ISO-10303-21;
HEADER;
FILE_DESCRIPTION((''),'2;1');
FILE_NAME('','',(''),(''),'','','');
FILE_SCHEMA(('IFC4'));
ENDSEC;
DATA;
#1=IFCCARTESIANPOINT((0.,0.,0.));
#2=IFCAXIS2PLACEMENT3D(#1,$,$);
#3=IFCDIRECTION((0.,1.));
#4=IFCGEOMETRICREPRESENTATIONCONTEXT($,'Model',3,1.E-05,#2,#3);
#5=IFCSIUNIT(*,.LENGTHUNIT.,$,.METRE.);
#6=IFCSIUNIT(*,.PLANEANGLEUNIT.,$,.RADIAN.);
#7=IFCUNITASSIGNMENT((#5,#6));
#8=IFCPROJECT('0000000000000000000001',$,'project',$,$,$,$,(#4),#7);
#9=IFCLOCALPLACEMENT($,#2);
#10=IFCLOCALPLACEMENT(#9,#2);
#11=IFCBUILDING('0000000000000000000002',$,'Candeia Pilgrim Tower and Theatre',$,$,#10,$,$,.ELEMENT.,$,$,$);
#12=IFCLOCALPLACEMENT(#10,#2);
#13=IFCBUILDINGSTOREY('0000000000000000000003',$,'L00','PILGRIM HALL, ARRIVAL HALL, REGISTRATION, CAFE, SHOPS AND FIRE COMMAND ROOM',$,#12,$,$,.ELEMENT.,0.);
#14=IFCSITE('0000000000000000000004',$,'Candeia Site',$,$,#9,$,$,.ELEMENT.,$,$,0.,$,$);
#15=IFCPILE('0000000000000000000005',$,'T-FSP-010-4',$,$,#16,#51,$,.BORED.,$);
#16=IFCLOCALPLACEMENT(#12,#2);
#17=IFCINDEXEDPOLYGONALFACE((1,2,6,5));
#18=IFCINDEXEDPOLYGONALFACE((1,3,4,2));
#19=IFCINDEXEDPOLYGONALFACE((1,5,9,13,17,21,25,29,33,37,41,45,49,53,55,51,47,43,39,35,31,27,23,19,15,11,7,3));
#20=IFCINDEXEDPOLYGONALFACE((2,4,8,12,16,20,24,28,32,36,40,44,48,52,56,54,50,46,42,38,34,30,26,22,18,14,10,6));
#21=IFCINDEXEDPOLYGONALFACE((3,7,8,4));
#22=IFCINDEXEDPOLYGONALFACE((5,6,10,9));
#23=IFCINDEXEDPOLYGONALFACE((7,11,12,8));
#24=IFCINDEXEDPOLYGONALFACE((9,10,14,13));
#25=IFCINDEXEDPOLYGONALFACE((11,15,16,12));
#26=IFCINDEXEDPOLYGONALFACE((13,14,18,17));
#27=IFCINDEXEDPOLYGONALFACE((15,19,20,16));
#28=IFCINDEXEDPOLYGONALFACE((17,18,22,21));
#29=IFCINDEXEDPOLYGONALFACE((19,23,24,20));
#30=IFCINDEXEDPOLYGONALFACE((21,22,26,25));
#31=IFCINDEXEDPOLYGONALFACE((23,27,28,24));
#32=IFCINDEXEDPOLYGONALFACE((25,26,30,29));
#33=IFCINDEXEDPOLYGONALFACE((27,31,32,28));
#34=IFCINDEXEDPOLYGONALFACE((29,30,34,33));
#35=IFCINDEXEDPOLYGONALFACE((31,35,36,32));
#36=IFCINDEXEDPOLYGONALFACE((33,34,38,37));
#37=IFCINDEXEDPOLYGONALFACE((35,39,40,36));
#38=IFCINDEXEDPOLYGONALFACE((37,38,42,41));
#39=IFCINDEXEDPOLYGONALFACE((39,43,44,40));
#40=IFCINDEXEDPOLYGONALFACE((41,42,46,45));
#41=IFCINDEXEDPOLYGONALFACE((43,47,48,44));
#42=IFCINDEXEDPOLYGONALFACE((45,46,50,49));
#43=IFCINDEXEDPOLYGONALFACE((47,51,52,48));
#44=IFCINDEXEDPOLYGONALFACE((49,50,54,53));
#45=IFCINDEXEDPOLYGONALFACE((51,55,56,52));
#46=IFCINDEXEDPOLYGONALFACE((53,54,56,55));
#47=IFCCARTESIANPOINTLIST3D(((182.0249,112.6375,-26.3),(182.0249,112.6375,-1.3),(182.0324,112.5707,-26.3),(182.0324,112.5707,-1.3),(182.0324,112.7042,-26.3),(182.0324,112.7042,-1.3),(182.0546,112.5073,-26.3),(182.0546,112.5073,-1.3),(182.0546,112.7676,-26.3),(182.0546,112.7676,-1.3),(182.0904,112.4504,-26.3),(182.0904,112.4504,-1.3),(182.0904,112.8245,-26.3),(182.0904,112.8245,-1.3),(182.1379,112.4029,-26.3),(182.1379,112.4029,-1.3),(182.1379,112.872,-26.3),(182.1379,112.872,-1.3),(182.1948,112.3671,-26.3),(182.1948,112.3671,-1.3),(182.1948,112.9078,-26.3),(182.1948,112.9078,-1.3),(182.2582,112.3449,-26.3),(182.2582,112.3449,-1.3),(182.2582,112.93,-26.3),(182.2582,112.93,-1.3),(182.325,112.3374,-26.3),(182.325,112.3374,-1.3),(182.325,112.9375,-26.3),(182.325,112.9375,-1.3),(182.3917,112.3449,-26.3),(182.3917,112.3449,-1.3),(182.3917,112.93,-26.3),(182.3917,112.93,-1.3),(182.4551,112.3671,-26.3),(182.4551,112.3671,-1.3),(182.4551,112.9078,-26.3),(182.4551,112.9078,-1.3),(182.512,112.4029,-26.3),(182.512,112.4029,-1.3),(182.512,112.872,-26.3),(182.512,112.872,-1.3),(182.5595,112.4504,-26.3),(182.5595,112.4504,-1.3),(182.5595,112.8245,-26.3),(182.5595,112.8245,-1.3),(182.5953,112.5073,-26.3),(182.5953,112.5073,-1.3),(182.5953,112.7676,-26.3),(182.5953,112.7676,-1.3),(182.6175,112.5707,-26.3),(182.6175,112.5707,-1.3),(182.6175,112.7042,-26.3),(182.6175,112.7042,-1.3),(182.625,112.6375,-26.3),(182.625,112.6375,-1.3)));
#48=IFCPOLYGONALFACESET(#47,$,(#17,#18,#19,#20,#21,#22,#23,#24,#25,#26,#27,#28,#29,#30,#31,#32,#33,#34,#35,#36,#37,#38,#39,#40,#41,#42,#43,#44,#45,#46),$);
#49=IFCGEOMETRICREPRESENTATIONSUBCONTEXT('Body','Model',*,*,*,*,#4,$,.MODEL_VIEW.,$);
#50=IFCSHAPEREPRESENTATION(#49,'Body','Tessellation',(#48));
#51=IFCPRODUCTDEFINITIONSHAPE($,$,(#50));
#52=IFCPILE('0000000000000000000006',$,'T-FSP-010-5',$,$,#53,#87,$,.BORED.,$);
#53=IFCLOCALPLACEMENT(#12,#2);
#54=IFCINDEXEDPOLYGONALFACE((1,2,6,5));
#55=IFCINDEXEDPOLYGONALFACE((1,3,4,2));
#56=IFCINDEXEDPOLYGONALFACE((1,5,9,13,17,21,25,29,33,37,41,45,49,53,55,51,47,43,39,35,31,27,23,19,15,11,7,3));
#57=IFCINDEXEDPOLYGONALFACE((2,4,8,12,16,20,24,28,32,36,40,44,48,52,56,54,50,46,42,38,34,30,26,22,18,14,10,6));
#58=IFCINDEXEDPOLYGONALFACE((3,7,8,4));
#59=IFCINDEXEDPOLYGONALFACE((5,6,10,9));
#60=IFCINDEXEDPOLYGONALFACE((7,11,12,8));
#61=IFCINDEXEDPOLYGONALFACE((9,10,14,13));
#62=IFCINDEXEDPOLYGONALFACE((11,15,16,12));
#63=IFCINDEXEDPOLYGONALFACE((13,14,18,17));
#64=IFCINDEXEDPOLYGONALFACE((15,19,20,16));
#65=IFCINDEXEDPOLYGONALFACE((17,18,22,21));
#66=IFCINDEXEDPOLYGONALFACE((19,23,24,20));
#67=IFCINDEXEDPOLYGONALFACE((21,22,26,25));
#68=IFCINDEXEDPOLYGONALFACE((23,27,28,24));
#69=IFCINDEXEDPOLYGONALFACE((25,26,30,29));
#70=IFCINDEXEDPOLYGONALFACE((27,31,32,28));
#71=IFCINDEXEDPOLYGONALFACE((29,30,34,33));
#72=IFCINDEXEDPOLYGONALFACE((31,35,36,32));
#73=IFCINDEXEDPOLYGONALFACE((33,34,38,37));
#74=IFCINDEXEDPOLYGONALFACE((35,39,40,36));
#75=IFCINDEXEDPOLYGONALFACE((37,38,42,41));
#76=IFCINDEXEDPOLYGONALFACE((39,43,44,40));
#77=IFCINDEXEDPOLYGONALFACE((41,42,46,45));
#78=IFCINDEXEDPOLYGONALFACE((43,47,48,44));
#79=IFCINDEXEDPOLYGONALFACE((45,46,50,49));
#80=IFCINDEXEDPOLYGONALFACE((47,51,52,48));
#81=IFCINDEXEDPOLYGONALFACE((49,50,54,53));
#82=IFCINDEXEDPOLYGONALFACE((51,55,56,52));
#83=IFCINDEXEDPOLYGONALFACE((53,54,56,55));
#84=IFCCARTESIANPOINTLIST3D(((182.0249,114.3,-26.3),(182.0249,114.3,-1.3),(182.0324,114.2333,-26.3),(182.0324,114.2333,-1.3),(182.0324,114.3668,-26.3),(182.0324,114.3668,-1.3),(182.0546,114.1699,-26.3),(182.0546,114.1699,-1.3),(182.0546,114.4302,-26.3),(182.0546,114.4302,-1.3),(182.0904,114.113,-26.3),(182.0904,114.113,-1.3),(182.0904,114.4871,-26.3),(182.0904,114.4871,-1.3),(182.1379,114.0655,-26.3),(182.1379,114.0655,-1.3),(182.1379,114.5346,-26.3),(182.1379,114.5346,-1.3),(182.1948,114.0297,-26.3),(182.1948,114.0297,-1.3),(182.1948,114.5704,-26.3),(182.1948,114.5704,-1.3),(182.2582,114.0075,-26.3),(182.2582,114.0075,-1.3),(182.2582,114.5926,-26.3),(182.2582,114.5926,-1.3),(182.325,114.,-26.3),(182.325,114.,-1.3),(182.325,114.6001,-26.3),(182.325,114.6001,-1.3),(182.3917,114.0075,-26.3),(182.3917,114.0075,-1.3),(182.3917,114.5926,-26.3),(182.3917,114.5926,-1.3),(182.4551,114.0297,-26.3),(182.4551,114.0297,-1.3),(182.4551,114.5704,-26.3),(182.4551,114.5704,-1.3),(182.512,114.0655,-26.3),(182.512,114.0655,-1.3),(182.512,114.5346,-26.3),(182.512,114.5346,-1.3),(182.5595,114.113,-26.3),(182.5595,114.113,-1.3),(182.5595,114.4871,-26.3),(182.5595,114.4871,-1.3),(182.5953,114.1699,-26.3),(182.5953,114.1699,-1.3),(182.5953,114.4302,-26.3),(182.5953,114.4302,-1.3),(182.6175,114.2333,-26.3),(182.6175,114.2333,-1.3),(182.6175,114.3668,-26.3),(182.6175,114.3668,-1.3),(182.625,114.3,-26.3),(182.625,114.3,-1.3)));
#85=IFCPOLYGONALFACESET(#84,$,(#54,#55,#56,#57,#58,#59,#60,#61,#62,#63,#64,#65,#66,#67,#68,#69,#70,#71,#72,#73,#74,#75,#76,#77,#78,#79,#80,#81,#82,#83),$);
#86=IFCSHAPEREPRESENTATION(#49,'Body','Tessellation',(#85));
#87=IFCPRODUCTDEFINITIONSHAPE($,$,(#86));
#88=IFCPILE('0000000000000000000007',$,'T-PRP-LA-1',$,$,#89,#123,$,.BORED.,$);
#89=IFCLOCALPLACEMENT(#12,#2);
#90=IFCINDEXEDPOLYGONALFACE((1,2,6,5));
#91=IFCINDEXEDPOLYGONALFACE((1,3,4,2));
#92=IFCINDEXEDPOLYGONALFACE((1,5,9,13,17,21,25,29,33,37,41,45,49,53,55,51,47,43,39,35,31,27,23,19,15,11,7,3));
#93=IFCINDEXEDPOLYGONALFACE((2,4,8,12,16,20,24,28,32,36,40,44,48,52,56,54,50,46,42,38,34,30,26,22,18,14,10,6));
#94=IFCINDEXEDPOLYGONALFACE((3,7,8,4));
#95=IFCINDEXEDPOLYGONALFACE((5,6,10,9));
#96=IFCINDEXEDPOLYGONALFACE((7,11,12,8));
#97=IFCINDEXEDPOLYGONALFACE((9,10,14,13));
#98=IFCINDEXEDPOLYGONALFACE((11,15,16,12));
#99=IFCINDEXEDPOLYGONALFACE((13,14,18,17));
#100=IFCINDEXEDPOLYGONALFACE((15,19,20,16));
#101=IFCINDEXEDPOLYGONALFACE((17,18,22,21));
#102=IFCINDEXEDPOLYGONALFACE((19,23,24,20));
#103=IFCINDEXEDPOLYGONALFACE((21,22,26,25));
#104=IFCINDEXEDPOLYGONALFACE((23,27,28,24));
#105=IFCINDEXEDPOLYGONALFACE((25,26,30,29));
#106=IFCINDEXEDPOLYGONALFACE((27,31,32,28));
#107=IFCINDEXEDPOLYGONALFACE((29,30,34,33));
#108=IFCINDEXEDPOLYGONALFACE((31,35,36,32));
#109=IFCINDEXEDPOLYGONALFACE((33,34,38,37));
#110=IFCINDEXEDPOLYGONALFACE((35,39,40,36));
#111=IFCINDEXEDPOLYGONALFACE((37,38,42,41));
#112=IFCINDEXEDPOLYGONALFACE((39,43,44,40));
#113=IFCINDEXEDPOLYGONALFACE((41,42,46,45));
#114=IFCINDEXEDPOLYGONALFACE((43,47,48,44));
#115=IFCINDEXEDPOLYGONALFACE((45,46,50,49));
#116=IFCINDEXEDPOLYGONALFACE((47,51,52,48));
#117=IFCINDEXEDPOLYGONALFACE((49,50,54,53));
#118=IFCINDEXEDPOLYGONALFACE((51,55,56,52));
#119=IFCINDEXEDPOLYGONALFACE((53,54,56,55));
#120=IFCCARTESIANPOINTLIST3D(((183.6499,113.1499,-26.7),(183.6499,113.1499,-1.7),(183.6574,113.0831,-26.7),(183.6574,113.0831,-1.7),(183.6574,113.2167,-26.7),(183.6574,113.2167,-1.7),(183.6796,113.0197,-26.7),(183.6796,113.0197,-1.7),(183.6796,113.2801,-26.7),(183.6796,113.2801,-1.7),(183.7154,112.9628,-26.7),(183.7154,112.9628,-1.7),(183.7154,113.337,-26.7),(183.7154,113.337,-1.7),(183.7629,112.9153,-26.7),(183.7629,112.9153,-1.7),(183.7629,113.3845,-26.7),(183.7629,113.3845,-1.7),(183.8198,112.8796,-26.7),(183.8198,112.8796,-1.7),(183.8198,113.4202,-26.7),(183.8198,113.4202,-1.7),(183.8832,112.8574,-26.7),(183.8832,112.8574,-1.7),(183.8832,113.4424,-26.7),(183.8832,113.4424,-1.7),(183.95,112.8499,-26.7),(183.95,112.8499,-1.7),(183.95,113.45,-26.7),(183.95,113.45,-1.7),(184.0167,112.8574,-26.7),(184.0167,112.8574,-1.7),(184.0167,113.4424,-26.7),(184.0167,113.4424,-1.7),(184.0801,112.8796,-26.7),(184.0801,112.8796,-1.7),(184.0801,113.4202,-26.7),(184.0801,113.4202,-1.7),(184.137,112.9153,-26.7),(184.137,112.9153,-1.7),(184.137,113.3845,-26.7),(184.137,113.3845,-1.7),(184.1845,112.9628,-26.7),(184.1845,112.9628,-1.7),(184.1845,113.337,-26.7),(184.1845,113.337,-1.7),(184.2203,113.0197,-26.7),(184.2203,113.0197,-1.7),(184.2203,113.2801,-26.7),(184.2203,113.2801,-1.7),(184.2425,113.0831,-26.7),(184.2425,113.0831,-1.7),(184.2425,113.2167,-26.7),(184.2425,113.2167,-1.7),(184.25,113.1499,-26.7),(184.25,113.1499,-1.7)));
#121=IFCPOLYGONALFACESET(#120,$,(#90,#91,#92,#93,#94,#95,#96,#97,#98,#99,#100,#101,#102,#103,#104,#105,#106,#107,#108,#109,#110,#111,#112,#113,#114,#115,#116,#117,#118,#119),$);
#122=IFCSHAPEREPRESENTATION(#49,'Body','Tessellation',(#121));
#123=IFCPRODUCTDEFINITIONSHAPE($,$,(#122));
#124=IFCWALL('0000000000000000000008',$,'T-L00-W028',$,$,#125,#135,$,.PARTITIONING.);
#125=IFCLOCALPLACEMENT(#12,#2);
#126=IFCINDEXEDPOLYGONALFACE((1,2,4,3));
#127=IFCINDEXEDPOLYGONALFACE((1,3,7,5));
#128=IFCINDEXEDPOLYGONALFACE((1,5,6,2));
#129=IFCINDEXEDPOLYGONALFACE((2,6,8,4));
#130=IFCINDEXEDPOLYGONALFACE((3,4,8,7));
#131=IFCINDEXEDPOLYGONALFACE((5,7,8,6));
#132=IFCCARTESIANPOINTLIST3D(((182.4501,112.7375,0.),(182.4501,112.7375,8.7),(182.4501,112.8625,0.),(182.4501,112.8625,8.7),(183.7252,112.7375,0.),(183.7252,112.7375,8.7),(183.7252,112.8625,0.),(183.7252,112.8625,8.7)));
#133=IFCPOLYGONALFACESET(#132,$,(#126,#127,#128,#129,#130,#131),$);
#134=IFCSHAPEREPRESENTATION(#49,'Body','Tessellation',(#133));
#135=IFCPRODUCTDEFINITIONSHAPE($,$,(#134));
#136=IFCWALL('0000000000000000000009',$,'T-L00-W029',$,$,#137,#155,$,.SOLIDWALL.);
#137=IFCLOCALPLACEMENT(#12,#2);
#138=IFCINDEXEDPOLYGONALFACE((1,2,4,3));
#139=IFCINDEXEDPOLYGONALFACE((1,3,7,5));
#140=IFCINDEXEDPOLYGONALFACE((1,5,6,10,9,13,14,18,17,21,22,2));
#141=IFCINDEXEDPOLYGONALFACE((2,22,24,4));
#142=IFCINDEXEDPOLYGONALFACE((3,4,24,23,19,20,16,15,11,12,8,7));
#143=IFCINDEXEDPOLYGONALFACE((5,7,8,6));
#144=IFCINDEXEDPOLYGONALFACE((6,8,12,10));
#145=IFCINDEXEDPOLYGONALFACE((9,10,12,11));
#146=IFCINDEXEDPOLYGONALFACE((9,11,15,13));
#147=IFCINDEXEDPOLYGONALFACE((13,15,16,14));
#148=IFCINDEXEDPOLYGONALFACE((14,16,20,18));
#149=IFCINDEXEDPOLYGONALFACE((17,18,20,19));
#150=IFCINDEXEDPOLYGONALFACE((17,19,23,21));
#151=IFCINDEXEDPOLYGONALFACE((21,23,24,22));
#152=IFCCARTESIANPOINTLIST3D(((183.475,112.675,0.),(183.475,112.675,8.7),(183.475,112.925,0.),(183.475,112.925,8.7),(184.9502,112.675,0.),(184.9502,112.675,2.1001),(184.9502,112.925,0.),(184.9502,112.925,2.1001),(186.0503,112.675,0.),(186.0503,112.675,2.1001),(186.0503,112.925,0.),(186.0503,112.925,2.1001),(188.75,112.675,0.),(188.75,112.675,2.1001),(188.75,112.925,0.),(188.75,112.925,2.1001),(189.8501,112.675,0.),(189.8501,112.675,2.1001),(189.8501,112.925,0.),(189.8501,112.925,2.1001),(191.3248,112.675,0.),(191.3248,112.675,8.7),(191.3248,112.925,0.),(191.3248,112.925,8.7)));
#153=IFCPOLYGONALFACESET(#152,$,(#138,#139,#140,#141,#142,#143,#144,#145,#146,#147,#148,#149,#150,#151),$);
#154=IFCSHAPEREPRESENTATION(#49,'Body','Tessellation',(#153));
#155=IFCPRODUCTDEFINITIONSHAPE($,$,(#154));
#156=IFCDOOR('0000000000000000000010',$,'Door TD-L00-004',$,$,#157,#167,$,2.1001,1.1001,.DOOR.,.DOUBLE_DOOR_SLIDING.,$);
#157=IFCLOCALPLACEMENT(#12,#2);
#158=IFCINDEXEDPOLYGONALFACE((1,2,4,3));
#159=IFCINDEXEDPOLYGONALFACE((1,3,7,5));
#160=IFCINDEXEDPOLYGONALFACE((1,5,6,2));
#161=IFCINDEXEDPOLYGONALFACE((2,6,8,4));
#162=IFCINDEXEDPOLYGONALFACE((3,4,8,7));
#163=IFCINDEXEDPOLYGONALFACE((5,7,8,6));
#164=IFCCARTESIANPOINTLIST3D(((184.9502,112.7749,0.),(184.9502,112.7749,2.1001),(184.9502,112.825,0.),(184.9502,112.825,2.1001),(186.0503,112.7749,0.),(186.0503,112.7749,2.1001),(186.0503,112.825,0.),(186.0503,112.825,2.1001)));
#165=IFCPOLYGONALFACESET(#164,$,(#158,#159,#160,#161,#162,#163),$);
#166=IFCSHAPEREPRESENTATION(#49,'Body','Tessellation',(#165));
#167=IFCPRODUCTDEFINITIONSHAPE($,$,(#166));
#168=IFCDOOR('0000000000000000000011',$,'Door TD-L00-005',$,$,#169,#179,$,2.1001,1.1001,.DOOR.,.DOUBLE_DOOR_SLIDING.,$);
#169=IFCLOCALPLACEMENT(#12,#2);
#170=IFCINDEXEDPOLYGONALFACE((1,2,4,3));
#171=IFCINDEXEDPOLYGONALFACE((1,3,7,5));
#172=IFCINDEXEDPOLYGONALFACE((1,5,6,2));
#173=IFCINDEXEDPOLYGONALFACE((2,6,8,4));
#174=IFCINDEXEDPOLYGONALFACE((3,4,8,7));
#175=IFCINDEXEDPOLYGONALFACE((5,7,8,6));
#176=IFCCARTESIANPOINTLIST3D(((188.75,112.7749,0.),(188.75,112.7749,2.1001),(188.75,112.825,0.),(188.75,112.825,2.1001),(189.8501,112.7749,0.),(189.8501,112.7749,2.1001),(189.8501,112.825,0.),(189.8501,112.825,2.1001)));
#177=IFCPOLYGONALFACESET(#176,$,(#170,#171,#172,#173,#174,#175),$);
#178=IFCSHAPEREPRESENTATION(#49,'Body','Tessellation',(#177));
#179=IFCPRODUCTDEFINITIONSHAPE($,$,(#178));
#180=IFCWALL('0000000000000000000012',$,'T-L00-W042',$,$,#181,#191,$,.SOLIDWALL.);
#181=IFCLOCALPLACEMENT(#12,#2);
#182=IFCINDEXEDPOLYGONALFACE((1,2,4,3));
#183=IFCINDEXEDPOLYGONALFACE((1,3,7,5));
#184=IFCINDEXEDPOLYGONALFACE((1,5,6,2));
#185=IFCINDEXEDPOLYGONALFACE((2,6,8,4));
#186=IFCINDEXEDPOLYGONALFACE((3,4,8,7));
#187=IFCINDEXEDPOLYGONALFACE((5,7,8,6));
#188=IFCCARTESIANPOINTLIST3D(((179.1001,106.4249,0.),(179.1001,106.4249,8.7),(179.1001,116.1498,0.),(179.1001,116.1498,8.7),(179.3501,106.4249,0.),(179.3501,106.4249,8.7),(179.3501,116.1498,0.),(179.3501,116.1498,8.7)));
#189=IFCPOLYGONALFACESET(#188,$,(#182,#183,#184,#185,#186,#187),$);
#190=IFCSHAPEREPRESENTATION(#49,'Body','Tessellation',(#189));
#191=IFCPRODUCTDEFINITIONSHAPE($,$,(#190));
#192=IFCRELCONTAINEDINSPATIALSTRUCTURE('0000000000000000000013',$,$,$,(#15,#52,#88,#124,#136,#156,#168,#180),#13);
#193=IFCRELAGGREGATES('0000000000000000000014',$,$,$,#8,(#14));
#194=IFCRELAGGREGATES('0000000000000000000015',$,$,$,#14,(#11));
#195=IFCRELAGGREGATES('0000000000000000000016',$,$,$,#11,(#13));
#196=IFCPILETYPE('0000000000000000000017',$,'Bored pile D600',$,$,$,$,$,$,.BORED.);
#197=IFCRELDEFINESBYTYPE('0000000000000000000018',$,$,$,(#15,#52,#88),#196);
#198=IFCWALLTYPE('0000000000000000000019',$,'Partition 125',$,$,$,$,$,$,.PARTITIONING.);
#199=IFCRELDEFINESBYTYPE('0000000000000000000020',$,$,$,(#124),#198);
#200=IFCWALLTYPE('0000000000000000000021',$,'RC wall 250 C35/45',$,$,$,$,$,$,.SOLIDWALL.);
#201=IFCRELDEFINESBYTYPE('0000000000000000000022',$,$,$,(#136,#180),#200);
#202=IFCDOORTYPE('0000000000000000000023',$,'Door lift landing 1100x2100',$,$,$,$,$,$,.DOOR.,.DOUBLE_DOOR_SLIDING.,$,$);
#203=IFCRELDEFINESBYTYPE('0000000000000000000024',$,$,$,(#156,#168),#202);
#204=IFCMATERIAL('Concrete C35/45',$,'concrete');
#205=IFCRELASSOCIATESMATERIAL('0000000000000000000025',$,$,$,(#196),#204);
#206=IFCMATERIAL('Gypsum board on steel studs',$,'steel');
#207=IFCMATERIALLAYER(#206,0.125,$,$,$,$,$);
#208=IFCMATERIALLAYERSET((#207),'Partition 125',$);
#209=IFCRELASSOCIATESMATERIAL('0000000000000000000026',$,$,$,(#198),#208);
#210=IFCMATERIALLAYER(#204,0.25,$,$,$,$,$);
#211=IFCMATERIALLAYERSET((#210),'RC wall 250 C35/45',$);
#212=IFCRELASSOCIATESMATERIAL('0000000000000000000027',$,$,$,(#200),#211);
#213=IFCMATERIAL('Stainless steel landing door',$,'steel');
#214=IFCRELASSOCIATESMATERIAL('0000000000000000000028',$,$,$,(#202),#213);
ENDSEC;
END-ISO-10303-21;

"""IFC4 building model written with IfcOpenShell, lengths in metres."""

from ifc_helpers import new_model, si_unit, direction, frame, frame_2d, origin, origin_2d, place, context, subcontext, project, spatial, rectangle, circle, extrude, material, layer, layer_set, type_object, element, fill, save


model = new_model("IFC4")

# Units and contexts
model_context = context("Model", 3, precision=1e-05, world=origin(), true_north=direction((0.0, 1.0)))
body_context = subcontext(model_context, "Body", "Model", "MODEL_VIEW")
ifc_project = project(units=[si_unit("LENGTHUNIT", "METRE"), si_unit("PLANEANGLEUNIT", "RADIAN")], contexts=[model_context])

# Site, building, storey
site_placement = place(None, origin())
site = spatial("IfcSite", under=ifc_project, at=site_placement, Name="Candeia Site", CompositionType="ELEMENT", RefElevation=0.0)
building_placement = place(site_placement, origin())
building = spatial("IfcBuilding", under=site, at=building_placement, Name="Candeia Pilgrim Tower and Theatre", CompositionType="ELEMENT")
storey_placement = place(building_placement, origin())
storey = spatial("IfcBuildingStorey", under=building, at=storey_placement, Name="L00", Description="PILGRIM HALL, ARRIVAL HALL, REGISTRATION, CAFE, SHOPS AND FIRE COMMAND ROOM", CompositionType="ELEMENT", Elevation=0.0)

# Piles
ifc_material_1 = material(Name="Concrete C35/45", Category="concrete")
pile_type = type_object("IfcPileType", Name="Bored pile D600", PredefinedType="BORED", material=ifc_material_1)
for number, where, z_axis, x_axis, name in (
    (1, (182.325, 112.6375, -1.3), (0.0, 0.0, -1.0), (1.0, 0.0, 0.0), "T-FSP-010-4"),
    (2, (182.325, 114.3, -1.3), (0.0, 0.0, -1.0), (1.0, 0.0, 0.0), "T-FSP-010-5"),
    (3, (183.95, 113.1499, -1.7), (0.0, 0.0, -1.0), (1.0, 0.0, 0.0), "T-PRP-LA-1"),
):
    element("IfcPile", number, at=place(storey_placement, frame(where, z_axis=z_axis, x_axis=x_axis)), inside=storey, type_object=pile_type, Name=name, PredefinedType="BORED", context=body_context, shape_type="SweptSolid", body=[
        extrude(circle(Radius=0.3, at=origin_2d()), origin(), (0.0, 0.0, 1.0), 25.0),
    ])

# Wall
ifc_material_2 = material(Name="Gypsum board on steel studs", Category="steel")
ifc_layer_1 = layer(ifc_material_2, 0.125)
ifc_layer_set_1 = layer_set([ifc_layer_1], Name="Partition 125")
wall_type_1 = type_object("IfcWallType", Name="Partition 125", PredefinedType="PARTITIONING", material=ifc_layer_set_1)
wall_1_placement = place(storey_placement, frame((182.45, 112.8, 0.0), z_axis=(0.0, 0.0, 1.0), x_axis=(1.0, 0.0, 0.0)))
element("IfcWall", 4, at=wall_1_placement, inside=storey, type_object=wall_type_1, Name="T-L00-W028", PredefinedType="PARTITIONING", context=body_context, shape_type="SweptSolid", body=[
    extrude(rectangle(XDim=1.2751, YDim=0.125, at=frame_2d((0.6377, 0.0))), origin(), (0.0, 0.0, 1.0), 8.7),
])

# Wall, openings, doors
ifc_layer_2 = layer(ifc_material_1, 0.25)
ifc_layer_set_2 = layer_set([ifc_layer_2], Name="RC wall 250 C35/45")
wall_type_2 = type_object("IfcWallType", Name="RC wall 250 C35/45", PredefinedType="SOLIDWALL", material=ifc_layer_set_2)
wall_2_placement = place(storey_placement, frame((183.4751, 112.8, 0.0), z_axis=(0.0, 0.0, 1.0), x_axis=(1.0, 0.0, 0.0)))
wall_2 = element("IfcWall", 5, at=wall_2_placement, inside=storey, type_object=wall_type_2, Name="T-L00-W029", PredefinedType="SOLIDWALL", context=body_context, shape_type="SweptSolid", body=[
    extrude(rectangle(XDim=7.8499, YDim=0.25, at=frame_2d((3.9248, 0.0))), origin(), (0.0, 0.0, 1.0), 8.7),
])
opening_1_placement = place(wall_2_placement, frame((1.4751, 0.0, 0.0)))
opening_1 = element("IfcOpeningElement", 6, at=opening_1_placement, cuts=wall_2, PredefinedType="OPENING", context=body_context, shape_type="SweptSolid", body=[
    extrude(rectangle(XDim=1.1001, YDim=2.1001, at=frame_2d((0.55, 1.05))), frame((0.0, 0.135, 0.0), z_axis=(0.0, -1.0, 0.0), x_axis=(1.0, 0.0, 0.0)), (0.0, 0.0, 1.0), 0.27),
])
opening_2_placement = place(wall_2_placement, frame((5.2749, 0.0, 0.0)))
opening_2 = element("IfcOpeningElement", 7, at=opening_2_placement, cuts=wall_2, PredefinedType="OPENING", context=body_context, shape_type="SweptSolid", body=[
    extrude(rectangle(XDim=1.1001, YDim=2.1001, at=frame_2d((0.55, 1.05))), frame((0.0, 0.135, 0.0), z_axis=(0.0, -1.0, 0.0), x_axis=(1.0, 0.0, 0.0)), (0.0, 0.0, 1.0), 0.27),
])
ifc_material_3 = material(Name="Stainless steel landing door", Category="steel")
door_type = type_object("IfcDoorType", Name="Door lift landing 1100x2100", OperationType="DOUBLE_DOOR_SLIDING", PredefinedType="DOOR", material=ifc_material_3)
door_1_placement = place(opening_1_placement, origin())
door_1 = element("IfcDoor", 8, at=door_1_placement, inside=storey, type_object=door_type, Name="Door TD-L00-004", OperationType="DOUBLE_DOOR_SLIDING", OverallHeight=2.1001, OverallWidth=1.1001, PredefinedType="DOOR", context=body_context, shape_type="SweptSolid", body=[
    extrude(rectangle(XDim=1.1001, YDim=2.1001, at=frame_2d((0.55, 1.05))), frame((0.0, 0.0249, 0.0), z_axis=(0.0, -1.0, 0.0), x_axis=(1.0, 0.0, 0.0)), (0.0, 0.0, 1.0), 0.05),
])
fill(opening_1, door_1)
door_2_placement = place(opening_2_placement, origin())
door_2 = element("IfcDoor", 9, at=door_2_placement, inside=storey, type_object=door_type, Name="Door TD-L00-005", OperationType="DOUBLE_DOOR_SLIDING", OverallHeight=2.1001, OverallWidth=1.1001, PredefinedType="DOOR", context=body_context, shape_type="SweptSolid", body=[
    extrude(rectangle(XDim=1.1001, YDim=2.1001, at=frame_2d((0.55, 1.05))), frame((0.0, 0.0249, 0.0), z_axis=(0.0, -1.0, 0.0), x_axis=(1.0, 0.0, 0.0)), (0.0, 0.0, 1.0), 0.05),
])
fill(opening_2, door_2)

# Wall
for number, where, z_axis, x_axis, name in (
    (10, (179.2251, 106.425, 0.0), (0.0, 0.0, 1.0), (0.0, 1.0, 0.0), "T-L00-W042"),
):
    element("IfcWall", number, at=place(storey_placement, frame(where, z_axis=z_axis, x_axis=x_axis)), inside=storey, type_object=wall_type_2, Name=name, PredefinedType="SOLIDWALL", context=body_context, shape_type="SweptSolid", body=[
        extrude(rectangle(XDim=9.7249, YDim=0.25, at=frame_2d((4.8623, 0.0))), origin(), (0.0, 0.0, 1.0), 8.7),
    ])

save(model, "model.ifc")
